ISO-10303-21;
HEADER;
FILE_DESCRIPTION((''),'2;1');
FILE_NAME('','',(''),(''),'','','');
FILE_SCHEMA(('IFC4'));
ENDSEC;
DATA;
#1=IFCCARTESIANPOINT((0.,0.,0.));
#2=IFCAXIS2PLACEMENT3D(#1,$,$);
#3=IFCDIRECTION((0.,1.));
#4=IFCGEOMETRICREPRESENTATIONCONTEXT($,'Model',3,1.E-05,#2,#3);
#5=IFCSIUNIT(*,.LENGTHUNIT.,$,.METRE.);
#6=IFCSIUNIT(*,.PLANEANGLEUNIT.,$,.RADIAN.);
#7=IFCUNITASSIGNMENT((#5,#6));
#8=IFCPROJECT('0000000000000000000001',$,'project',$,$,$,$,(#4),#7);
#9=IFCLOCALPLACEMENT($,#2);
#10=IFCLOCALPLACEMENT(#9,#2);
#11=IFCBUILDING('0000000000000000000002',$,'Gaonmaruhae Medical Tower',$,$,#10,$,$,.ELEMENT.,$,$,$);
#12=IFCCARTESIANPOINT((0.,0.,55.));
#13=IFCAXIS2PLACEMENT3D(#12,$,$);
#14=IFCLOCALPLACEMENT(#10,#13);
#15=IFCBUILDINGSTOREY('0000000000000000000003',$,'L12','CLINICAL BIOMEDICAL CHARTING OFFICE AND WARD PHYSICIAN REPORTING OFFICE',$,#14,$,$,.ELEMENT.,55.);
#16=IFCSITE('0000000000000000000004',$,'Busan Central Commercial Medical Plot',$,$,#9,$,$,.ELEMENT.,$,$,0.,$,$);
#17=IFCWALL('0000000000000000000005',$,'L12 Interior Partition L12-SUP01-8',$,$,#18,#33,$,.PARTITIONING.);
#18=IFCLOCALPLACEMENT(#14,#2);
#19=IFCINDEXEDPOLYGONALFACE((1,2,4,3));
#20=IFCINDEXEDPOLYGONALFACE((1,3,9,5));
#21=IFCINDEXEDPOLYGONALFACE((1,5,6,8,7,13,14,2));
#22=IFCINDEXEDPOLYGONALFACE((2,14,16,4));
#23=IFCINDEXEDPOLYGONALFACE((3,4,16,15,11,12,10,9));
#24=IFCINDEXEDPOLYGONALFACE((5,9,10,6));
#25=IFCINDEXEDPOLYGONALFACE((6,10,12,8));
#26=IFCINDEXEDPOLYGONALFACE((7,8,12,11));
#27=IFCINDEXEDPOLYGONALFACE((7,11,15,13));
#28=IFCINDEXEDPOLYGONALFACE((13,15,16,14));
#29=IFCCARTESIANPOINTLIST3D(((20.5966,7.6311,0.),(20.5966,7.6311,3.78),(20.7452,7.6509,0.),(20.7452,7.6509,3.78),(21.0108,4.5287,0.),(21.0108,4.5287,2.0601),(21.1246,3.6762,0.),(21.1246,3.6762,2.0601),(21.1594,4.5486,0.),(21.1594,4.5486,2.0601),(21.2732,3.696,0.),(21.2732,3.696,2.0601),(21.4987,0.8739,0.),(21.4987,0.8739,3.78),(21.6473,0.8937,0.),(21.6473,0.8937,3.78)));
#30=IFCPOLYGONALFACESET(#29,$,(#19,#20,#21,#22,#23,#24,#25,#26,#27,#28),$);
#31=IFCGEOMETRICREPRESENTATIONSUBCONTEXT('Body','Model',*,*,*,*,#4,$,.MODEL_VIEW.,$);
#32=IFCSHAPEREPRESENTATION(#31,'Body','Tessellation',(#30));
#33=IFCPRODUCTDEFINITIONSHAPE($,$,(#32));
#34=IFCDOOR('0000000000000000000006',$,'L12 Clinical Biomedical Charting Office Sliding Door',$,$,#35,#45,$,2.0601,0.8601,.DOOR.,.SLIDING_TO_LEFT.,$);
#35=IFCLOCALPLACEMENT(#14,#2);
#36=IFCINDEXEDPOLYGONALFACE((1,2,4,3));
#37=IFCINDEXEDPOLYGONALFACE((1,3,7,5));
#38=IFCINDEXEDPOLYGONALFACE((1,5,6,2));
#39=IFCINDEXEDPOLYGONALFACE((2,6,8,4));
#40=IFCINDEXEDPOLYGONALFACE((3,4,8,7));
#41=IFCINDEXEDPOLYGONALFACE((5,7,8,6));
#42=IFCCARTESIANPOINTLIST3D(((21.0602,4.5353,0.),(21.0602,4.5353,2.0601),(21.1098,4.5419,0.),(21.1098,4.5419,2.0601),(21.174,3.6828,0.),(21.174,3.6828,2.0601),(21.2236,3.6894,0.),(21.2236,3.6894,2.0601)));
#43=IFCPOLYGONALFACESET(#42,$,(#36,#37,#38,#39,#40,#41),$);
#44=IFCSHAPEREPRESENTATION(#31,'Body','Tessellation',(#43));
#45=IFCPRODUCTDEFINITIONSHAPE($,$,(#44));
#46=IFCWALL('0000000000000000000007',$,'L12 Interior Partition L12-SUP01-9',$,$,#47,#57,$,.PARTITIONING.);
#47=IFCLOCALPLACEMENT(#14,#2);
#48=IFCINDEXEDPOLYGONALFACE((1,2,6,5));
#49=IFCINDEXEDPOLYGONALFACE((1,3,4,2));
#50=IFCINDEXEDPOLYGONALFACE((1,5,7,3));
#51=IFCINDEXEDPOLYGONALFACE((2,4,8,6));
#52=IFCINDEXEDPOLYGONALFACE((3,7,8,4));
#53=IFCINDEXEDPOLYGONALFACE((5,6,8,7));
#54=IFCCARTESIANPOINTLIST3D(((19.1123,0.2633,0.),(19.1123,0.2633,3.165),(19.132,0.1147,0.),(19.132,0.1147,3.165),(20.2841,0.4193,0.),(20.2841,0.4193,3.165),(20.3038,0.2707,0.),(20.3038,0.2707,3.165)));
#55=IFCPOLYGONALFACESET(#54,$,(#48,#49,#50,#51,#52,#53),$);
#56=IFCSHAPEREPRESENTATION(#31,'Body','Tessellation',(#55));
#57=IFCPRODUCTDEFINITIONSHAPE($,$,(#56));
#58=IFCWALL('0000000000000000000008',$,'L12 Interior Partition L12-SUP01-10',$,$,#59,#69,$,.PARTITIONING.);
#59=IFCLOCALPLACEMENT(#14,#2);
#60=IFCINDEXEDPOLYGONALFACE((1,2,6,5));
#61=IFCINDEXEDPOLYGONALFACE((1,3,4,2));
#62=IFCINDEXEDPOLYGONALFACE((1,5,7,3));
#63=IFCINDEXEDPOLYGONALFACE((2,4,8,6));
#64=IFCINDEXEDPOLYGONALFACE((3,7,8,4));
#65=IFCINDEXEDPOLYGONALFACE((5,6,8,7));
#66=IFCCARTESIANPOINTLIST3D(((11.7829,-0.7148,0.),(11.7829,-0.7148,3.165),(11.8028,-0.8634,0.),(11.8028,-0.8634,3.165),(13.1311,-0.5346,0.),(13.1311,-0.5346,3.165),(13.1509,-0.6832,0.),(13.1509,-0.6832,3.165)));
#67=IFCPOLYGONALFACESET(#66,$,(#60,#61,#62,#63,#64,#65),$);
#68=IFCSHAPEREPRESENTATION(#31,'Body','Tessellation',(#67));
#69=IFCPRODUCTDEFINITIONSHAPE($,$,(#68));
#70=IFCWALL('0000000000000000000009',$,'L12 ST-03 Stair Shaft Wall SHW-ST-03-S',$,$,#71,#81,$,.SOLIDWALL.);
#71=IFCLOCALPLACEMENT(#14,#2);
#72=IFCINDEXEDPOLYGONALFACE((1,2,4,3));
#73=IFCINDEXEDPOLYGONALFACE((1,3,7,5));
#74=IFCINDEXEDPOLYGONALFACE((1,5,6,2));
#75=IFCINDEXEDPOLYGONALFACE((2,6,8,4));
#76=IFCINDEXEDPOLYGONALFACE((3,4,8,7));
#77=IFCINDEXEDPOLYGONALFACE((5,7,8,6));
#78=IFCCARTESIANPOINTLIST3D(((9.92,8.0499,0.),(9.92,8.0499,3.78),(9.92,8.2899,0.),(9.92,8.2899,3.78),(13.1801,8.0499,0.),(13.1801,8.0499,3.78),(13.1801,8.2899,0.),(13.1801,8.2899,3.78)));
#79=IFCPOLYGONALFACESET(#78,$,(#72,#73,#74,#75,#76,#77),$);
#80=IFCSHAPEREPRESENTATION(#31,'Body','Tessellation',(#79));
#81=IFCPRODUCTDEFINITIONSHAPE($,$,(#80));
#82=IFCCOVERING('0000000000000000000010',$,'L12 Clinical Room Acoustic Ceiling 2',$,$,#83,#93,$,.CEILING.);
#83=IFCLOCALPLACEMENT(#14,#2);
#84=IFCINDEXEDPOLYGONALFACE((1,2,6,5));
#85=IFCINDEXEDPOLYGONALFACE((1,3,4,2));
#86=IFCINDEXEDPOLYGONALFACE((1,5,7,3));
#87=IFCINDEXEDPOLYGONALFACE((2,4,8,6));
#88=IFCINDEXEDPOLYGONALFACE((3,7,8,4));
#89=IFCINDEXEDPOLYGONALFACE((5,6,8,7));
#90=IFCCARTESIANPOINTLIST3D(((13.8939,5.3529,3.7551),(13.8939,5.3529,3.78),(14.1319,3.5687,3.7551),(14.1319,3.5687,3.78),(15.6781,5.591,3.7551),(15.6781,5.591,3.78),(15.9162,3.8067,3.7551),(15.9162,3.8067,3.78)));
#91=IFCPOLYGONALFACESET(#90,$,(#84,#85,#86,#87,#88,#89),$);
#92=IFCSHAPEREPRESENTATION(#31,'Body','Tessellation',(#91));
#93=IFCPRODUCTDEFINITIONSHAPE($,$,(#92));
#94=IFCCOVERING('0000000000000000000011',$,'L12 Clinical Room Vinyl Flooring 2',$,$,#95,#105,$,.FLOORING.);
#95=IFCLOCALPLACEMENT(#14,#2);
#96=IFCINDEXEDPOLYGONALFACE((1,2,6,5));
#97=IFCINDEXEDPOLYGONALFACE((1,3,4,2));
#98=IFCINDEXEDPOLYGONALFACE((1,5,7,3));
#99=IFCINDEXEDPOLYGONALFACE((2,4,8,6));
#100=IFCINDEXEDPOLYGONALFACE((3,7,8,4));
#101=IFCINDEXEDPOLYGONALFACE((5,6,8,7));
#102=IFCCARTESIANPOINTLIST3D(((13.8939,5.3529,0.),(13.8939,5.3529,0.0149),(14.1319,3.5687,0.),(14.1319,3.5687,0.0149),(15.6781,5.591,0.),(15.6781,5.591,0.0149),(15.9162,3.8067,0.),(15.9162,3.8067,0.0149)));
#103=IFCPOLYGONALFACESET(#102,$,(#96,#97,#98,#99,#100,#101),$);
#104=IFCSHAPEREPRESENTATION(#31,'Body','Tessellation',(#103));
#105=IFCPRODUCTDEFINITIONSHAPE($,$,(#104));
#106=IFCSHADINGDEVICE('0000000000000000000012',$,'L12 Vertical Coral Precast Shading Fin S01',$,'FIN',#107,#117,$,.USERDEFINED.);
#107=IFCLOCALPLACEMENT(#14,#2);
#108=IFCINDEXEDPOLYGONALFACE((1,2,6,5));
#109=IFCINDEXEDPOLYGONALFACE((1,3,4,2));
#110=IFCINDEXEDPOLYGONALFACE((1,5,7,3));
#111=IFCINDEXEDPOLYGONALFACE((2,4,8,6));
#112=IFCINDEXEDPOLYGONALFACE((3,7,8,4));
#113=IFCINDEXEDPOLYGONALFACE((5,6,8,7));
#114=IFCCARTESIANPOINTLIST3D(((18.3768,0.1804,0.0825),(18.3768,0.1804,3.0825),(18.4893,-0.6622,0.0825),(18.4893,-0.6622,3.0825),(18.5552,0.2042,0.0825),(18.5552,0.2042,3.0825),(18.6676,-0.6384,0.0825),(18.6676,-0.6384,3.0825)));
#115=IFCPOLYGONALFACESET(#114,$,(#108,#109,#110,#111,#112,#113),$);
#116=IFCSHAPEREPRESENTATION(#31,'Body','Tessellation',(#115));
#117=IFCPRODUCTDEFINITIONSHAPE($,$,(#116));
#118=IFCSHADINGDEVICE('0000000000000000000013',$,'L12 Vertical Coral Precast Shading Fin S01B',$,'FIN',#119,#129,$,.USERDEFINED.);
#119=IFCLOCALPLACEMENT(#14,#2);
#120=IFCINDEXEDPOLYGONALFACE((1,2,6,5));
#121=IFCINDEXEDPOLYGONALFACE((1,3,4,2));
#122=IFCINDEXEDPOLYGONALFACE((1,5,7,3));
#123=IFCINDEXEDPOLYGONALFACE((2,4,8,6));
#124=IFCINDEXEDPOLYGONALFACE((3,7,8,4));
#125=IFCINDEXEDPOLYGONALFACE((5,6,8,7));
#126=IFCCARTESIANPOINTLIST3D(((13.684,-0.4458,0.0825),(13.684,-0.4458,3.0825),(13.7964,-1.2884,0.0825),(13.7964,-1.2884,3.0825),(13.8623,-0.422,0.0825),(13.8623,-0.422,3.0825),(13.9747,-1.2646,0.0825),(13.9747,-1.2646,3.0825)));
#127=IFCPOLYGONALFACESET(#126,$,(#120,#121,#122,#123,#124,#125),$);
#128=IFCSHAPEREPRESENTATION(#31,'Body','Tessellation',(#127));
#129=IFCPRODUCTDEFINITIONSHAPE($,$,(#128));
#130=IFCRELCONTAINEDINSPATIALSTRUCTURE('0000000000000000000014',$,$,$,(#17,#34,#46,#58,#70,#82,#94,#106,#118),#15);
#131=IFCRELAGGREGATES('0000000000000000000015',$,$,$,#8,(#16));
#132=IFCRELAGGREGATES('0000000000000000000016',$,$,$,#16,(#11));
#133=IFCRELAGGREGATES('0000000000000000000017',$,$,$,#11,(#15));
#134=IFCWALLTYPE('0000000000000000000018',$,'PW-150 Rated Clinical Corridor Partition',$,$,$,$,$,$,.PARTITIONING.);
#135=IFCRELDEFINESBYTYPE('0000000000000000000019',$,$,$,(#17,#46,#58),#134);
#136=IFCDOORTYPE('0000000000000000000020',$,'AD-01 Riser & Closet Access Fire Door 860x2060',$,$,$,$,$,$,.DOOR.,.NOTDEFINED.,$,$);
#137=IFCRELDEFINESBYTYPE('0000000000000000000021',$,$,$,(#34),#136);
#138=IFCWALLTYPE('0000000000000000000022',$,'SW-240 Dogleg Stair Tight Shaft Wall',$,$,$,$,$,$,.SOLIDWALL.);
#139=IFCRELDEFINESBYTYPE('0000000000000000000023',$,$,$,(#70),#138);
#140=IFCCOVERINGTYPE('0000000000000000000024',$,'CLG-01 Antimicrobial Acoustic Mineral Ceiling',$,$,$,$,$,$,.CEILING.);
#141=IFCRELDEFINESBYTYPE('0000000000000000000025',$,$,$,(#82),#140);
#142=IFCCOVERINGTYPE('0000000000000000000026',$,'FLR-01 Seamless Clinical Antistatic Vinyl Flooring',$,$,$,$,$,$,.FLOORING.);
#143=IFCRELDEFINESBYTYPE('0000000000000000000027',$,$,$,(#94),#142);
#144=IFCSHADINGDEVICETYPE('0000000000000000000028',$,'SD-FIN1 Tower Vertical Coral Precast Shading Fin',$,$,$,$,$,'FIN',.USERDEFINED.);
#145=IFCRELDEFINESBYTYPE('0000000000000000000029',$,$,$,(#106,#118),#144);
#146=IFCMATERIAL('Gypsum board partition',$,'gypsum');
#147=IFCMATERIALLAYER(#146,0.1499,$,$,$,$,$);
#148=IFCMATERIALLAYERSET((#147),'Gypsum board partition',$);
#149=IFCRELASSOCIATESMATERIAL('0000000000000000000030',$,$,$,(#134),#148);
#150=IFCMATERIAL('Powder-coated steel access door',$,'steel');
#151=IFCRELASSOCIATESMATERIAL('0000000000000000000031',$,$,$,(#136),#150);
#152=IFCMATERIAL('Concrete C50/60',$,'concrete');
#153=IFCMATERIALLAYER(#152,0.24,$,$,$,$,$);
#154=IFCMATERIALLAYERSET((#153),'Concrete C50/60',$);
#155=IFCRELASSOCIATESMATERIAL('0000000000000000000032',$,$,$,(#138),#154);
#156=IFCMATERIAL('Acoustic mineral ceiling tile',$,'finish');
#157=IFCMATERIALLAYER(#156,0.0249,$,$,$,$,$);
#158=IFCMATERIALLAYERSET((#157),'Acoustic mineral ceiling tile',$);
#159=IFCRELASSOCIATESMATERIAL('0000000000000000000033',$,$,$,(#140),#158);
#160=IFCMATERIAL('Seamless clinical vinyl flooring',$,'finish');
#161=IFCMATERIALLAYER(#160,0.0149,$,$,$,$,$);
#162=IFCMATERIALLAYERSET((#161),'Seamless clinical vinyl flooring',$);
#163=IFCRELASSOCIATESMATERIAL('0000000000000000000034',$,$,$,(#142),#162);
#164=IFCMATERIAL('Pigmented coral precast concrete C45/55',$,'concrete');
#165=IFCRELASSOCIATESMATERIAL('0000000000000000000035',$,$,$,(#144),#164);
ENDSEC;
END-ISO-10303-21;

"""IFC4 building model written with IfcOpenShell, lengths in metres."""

from ifc_helpers import new_model, si_unit, direction, frame, frame_2d, origin, origin_2d, place, context, subcontext, project, spatial, rectangle, extrude, material, layer, layer_set, type_object, element, fill, save


model = new_model("IFC4")

# Units and contexts
model_context = context("Model", 3, precision=1e-05, world=origin(), true_north=direction((0.0, 1.0)))
body_context = subcontext(model_context, "Body", "Model", "MODEL_VIEW")
ifc_project = project(units=[si_unit("LENGTHUNIT", "METRE"), si_unit("PLANEANGLEUNIT", "RADIAN")], contexts=[model_context])

# Site, building, storey
site_placement = place(None, origin())
site = spatial("IfcSite", under=ifc_project, at=site_placement, Name="Busan Central Commercial Medical Plot", CompositionType="ELEMENT", RefElevation=0.0)
building_placement = place(site_placement, origin())
building = spatial("IfcBuilding", under=site, at=building_placement, Name="Gaonmaruhae Medical Tower", CompositionType="ELEMENT")
storey_placement = place(building_placement, frame((0.0, 0.0, 55.0)))
storey = spatial("IfcBuildingStorey", under=building, at=storey_placement, Name="L12", Description="CLINICAL BIOMEDICAL CHARTING OFFICE AND WARD PHYSICIAN REPORTING OFFICE", CompositionType="ELEMENT", Elevation=55.0)

# Wall, opening, door
ifc_material_1 = material(Name="Gypsum board partition", Category="gypsum")
ifc_layer_1 = layer(ifc_material_1, 0.1499)
ifc_layer_set_1 = layer_set([ifc_layer_1], Name="Gypsum board partition")
wall_type_1 = type_object("IfcWallType", Name="PW-150 Rated Clinical Corridor Partition", PredefinedType="PARTITIONING", material=ifc_layer_set_1)
wall_1_placement = place(storey_placement, frame((20.6709, 7.6411, 0.0), z_axis=(0.0, 0.0, 1.0), x_axis=(0.13233, -0.991206, 0.0)))
wall_1 = element("IfcWall", 1, at=wall_1_placement, inside=storey, type_object=wall_type_1, Name="L12 Interior Partition L12-SUP01-8", PredefinedType="PARTITIONING", context=body_context, shape_type="SweptSolid", body=[
    extrude(rectangle(XDim=6.8171, YDim=0.1499, at=frame_2d((3.4087, 0.0))), origin(), (0.0, 0.0, 1.0), 3.78),
])
opening_1_placement = place(wall_1_placement, frame((3.1299, 0.0, 0.0)))
opening_1 = element("IfcOpeningElement", 2, at=opening_1_placement, cuts=wall_1, PredefinedType="OPENING", context=body_context, shape_type="SweptSolid", body=[
    extrude(rectangle(XDim=0.8601, YDim=2.0601, at=frame_2d((0.4302, 1.03))), frame((0.0, 0.085, 0.0), z_axis=(0.0, -1.0, 0.0), x_axis=(1.0, 0.0, 0.0)), (0.0, 0.0, 1.0), 0.1699),
])
ifc_material_2 = material(Name="Powder-coated steel access door", Category="steel")
door_type = type_object("IfcDoorType", Name="AD-01 Riser & Closet Access Fire Door 860x2060", OperationType="NOTDEFINED", PredefinedType="DOOR", material=ifc_material_2)
door_placement = place(opening_1_placement, origin())
door = element("IfcDoor", 3, at=door_placement, inside=storey, type_object=door_type, Name="L12 Clinical Biomedical Charting Office Sliding Door", OperationType="SLIDING_TO_LEFT", OverallHeight=2.0601, OverallWidth=0.8601, PredefinedType="DOOR", context=body_context, shape_type="SweptSolid", body=[
    extrude(rectangle(XDim=0.8601, YDim=2.0601, at=frame_2d((0.4302, 1.03))), frame((0.0, 0.0249, 0.0), z_axis=(0.0, -1.0, 0.0), x_axis=(1.0, 0.0, 0.0)), (0.0, 0.0, 1.0), 0.05),
])
fill(opening_1, door)

# Walls
wall_2_placement = place(storey_placement, frame((20.2939, 0.345, 0.0), z_axis=(0.0, 0.0, 1.0), x_axis=(-0.991255, -0.131961, 0.0)))
element("IfcWall", 4, at=wall_2_placement, inside=storey, type_object=wall_type_1, Name="L12 Interior Partition L12-SUP01-9", PredefinedType="PARTITIONING", context=body_context, shape_type="SweptSolid", body=[
    extrude(rectangle(XDim=1.1821, YDim=0.1499, at=frame_2d((0.5911, 0.0))), origin(), (0.0, 0.0, 1.0), 3.165),
])
wall_3_placement = place(storey_placement, frame((13.1411, -0.6089, 0.0), z_axis=(0.0, 0.0, 1.0), x_axis=(-0.991187, -0.132469, 0.0)))
element("IfcWall", 5, at=wall_3_placement, inside=storey, type_object=wall_type_1, Name="L12 Interior Partition L12-SUP01-10", PredefinedType="PARTITIONING", context=body_context, shape_type="SweptSolid", body=[
    extrude(rectangle(XDim=1.3601, YDim=0.1499, at=frame_2d((0.6802, 0.0))), origin(), (0.0, 0.0, 1.0), 3.165),
])
ifc_material_3 = material(Name="Concrete C50/60", Category="concrete")
ifc_layer_2 = layer(ifc_material_3, 0.24)
ifc_layer_set_2 = layer_set([ifc_layer_2], Name="Concrete C50/60")
wall_type_2 = type_object("IfcWallType", Name="SW-240 Dogleg Stair Tight Shaft Wall", PredefinedType="SOLIDWALL", material=ifc_layer_set_2)
wall_4_placement = place(storey_placement, frame((13.1799, 8.1699, 0.0), z_axis=(0.0, 0.0, 1.0), x_axis=(-1.0, 0.0, 0.0)))
element("IfcWall", 6, at=wall_4_placement, inside=storey, type_object=wall_type_2, Name="L12 ST-03 Stair Shaft Wall SHW-ST-03-S", PredefinedType="SOLIDWALL", context=body_context, shape_type="SweptSolid", body=[
    extrude(rectangle(XDim=3.26, YDim=0.24, at=frame_2d((1.6299, 0.0))), origin(), (0.0, 0.0, 1.0), 3.78),
])

# Coverings
ifc_material_4 = material(Name="Acoustic mineral ceiling tile", Category="finish")
ifc_layer_3 = layer(ifc_material_4, 0.0249)
ifc_layer_set_3 = layer_set([ifc_layer_3], Name="Acoustic mineral ceiling tile")
covering_type_1 = type_object("IfcCoveringType", Name="CLG-01 Antimicrobial Acoustic Mineral Ceiling", PredefinedType="CEILING", material=ifc_layer_set_3)
covering_1_placement = place(storey_placement, frame((14.905, 4.5798, 3.7551), z_axis=(0.0, 0.0, 1.0), x_axis=(0.991216, 0.132256, 0.0)))
element("IfcCovering", 7, at=covering_1_placement, inside=storey, type_object=covering_type_1, Name="L12 Clinical Room Acoustic Ceiling 2", PredefinedType="CEILING", context=body_context, shape_type="SweptSolid", body=[
    extrude(rectangle(XDim=1.8, YDim=1.8, at=origin_2d()), origin(), (0.0, 0.0, 1.0), 0.0249),
])
ifc_material_5 = material(Name="Seamless clinical vinyl flooring", Category="finish")
ifc_layer_4 = layer(ifc_material_5, 0.0149)
ifc_layer_set_4 = layer_set([ifc_layer_4], Name="Seamless clinical vinyl flooring")
covering_type_2 = type_object("IfcCoveringType", Name="FLR-01 Seamless Clinical Antistatic Vinyl Flooring", PredefinedType="FLOORING", material=ifc_layer_set_4)
covering_2_placement = place(storey_placement, frame((14.905, 4.5798, 0.0), z_axis=(0.0, 0.0, 1.0), x_axis=(0.991216, 0.132256, 0.0)))
element("IfcCovering", 8, at=covering_2_placement, inside=storey, type_object=covering_type_2, Name="L12 Clinical Room Vinyl Flooring 2", PredefinedType="FLOORING", context=body_context, shape_type="SweptSolid", body=[
    extrude(rectangle(XDim=1.8, YDim=1.8, at=origin_2d()), origin(), (0.0, 0.0, 1.0), 0.0149),
])

# Shading devices
ifc_material_6 = material(Name="Pigmented coral precast concrete C45/55", Category="concrete")
shading_device_type = type_object("IfcShadingDeviceType", Name="SD-FIN1 Tower Vertical Coral Precast Shading Fin", ElementType="FIN", PredefinedType="USERDEFINED", material=ifc_material_6)
for number, where, z_axis, x_axis, name in (
    (9, (18.5222, -0.229, 0.0825), (0.0, 0.0, 1.0), (-0.991216, -0.132256, 0.0), "L12 Vertical Coral Precast Shading Fin S01"),
    (10, (13.8293, -0.8552, 0.0825), (0.0, 0.0, 1.0), (-0.991216, -0.132256, 0.0), "L12 Vertical Coral Precast Shading Fin S01B"),
):
    element("IfcShadingDevice", number, at=place(storey_placement, frame(where, z_axis=z_axis, x_axis=x_axis)), inside=storey, type_object=shading_device_type, Name=name, ObjectType="FIN", PredefinedType="USERDEFINED", context=body_context, shape_type="SweptSolid", body=[
        extrude(rectangle(XDim=0.1799, YDim=0.8501, at=origin_2d()), origin(), (0.0, 0.0, 1.0), 3.0),
    ])

save(model, "model.ifc")
